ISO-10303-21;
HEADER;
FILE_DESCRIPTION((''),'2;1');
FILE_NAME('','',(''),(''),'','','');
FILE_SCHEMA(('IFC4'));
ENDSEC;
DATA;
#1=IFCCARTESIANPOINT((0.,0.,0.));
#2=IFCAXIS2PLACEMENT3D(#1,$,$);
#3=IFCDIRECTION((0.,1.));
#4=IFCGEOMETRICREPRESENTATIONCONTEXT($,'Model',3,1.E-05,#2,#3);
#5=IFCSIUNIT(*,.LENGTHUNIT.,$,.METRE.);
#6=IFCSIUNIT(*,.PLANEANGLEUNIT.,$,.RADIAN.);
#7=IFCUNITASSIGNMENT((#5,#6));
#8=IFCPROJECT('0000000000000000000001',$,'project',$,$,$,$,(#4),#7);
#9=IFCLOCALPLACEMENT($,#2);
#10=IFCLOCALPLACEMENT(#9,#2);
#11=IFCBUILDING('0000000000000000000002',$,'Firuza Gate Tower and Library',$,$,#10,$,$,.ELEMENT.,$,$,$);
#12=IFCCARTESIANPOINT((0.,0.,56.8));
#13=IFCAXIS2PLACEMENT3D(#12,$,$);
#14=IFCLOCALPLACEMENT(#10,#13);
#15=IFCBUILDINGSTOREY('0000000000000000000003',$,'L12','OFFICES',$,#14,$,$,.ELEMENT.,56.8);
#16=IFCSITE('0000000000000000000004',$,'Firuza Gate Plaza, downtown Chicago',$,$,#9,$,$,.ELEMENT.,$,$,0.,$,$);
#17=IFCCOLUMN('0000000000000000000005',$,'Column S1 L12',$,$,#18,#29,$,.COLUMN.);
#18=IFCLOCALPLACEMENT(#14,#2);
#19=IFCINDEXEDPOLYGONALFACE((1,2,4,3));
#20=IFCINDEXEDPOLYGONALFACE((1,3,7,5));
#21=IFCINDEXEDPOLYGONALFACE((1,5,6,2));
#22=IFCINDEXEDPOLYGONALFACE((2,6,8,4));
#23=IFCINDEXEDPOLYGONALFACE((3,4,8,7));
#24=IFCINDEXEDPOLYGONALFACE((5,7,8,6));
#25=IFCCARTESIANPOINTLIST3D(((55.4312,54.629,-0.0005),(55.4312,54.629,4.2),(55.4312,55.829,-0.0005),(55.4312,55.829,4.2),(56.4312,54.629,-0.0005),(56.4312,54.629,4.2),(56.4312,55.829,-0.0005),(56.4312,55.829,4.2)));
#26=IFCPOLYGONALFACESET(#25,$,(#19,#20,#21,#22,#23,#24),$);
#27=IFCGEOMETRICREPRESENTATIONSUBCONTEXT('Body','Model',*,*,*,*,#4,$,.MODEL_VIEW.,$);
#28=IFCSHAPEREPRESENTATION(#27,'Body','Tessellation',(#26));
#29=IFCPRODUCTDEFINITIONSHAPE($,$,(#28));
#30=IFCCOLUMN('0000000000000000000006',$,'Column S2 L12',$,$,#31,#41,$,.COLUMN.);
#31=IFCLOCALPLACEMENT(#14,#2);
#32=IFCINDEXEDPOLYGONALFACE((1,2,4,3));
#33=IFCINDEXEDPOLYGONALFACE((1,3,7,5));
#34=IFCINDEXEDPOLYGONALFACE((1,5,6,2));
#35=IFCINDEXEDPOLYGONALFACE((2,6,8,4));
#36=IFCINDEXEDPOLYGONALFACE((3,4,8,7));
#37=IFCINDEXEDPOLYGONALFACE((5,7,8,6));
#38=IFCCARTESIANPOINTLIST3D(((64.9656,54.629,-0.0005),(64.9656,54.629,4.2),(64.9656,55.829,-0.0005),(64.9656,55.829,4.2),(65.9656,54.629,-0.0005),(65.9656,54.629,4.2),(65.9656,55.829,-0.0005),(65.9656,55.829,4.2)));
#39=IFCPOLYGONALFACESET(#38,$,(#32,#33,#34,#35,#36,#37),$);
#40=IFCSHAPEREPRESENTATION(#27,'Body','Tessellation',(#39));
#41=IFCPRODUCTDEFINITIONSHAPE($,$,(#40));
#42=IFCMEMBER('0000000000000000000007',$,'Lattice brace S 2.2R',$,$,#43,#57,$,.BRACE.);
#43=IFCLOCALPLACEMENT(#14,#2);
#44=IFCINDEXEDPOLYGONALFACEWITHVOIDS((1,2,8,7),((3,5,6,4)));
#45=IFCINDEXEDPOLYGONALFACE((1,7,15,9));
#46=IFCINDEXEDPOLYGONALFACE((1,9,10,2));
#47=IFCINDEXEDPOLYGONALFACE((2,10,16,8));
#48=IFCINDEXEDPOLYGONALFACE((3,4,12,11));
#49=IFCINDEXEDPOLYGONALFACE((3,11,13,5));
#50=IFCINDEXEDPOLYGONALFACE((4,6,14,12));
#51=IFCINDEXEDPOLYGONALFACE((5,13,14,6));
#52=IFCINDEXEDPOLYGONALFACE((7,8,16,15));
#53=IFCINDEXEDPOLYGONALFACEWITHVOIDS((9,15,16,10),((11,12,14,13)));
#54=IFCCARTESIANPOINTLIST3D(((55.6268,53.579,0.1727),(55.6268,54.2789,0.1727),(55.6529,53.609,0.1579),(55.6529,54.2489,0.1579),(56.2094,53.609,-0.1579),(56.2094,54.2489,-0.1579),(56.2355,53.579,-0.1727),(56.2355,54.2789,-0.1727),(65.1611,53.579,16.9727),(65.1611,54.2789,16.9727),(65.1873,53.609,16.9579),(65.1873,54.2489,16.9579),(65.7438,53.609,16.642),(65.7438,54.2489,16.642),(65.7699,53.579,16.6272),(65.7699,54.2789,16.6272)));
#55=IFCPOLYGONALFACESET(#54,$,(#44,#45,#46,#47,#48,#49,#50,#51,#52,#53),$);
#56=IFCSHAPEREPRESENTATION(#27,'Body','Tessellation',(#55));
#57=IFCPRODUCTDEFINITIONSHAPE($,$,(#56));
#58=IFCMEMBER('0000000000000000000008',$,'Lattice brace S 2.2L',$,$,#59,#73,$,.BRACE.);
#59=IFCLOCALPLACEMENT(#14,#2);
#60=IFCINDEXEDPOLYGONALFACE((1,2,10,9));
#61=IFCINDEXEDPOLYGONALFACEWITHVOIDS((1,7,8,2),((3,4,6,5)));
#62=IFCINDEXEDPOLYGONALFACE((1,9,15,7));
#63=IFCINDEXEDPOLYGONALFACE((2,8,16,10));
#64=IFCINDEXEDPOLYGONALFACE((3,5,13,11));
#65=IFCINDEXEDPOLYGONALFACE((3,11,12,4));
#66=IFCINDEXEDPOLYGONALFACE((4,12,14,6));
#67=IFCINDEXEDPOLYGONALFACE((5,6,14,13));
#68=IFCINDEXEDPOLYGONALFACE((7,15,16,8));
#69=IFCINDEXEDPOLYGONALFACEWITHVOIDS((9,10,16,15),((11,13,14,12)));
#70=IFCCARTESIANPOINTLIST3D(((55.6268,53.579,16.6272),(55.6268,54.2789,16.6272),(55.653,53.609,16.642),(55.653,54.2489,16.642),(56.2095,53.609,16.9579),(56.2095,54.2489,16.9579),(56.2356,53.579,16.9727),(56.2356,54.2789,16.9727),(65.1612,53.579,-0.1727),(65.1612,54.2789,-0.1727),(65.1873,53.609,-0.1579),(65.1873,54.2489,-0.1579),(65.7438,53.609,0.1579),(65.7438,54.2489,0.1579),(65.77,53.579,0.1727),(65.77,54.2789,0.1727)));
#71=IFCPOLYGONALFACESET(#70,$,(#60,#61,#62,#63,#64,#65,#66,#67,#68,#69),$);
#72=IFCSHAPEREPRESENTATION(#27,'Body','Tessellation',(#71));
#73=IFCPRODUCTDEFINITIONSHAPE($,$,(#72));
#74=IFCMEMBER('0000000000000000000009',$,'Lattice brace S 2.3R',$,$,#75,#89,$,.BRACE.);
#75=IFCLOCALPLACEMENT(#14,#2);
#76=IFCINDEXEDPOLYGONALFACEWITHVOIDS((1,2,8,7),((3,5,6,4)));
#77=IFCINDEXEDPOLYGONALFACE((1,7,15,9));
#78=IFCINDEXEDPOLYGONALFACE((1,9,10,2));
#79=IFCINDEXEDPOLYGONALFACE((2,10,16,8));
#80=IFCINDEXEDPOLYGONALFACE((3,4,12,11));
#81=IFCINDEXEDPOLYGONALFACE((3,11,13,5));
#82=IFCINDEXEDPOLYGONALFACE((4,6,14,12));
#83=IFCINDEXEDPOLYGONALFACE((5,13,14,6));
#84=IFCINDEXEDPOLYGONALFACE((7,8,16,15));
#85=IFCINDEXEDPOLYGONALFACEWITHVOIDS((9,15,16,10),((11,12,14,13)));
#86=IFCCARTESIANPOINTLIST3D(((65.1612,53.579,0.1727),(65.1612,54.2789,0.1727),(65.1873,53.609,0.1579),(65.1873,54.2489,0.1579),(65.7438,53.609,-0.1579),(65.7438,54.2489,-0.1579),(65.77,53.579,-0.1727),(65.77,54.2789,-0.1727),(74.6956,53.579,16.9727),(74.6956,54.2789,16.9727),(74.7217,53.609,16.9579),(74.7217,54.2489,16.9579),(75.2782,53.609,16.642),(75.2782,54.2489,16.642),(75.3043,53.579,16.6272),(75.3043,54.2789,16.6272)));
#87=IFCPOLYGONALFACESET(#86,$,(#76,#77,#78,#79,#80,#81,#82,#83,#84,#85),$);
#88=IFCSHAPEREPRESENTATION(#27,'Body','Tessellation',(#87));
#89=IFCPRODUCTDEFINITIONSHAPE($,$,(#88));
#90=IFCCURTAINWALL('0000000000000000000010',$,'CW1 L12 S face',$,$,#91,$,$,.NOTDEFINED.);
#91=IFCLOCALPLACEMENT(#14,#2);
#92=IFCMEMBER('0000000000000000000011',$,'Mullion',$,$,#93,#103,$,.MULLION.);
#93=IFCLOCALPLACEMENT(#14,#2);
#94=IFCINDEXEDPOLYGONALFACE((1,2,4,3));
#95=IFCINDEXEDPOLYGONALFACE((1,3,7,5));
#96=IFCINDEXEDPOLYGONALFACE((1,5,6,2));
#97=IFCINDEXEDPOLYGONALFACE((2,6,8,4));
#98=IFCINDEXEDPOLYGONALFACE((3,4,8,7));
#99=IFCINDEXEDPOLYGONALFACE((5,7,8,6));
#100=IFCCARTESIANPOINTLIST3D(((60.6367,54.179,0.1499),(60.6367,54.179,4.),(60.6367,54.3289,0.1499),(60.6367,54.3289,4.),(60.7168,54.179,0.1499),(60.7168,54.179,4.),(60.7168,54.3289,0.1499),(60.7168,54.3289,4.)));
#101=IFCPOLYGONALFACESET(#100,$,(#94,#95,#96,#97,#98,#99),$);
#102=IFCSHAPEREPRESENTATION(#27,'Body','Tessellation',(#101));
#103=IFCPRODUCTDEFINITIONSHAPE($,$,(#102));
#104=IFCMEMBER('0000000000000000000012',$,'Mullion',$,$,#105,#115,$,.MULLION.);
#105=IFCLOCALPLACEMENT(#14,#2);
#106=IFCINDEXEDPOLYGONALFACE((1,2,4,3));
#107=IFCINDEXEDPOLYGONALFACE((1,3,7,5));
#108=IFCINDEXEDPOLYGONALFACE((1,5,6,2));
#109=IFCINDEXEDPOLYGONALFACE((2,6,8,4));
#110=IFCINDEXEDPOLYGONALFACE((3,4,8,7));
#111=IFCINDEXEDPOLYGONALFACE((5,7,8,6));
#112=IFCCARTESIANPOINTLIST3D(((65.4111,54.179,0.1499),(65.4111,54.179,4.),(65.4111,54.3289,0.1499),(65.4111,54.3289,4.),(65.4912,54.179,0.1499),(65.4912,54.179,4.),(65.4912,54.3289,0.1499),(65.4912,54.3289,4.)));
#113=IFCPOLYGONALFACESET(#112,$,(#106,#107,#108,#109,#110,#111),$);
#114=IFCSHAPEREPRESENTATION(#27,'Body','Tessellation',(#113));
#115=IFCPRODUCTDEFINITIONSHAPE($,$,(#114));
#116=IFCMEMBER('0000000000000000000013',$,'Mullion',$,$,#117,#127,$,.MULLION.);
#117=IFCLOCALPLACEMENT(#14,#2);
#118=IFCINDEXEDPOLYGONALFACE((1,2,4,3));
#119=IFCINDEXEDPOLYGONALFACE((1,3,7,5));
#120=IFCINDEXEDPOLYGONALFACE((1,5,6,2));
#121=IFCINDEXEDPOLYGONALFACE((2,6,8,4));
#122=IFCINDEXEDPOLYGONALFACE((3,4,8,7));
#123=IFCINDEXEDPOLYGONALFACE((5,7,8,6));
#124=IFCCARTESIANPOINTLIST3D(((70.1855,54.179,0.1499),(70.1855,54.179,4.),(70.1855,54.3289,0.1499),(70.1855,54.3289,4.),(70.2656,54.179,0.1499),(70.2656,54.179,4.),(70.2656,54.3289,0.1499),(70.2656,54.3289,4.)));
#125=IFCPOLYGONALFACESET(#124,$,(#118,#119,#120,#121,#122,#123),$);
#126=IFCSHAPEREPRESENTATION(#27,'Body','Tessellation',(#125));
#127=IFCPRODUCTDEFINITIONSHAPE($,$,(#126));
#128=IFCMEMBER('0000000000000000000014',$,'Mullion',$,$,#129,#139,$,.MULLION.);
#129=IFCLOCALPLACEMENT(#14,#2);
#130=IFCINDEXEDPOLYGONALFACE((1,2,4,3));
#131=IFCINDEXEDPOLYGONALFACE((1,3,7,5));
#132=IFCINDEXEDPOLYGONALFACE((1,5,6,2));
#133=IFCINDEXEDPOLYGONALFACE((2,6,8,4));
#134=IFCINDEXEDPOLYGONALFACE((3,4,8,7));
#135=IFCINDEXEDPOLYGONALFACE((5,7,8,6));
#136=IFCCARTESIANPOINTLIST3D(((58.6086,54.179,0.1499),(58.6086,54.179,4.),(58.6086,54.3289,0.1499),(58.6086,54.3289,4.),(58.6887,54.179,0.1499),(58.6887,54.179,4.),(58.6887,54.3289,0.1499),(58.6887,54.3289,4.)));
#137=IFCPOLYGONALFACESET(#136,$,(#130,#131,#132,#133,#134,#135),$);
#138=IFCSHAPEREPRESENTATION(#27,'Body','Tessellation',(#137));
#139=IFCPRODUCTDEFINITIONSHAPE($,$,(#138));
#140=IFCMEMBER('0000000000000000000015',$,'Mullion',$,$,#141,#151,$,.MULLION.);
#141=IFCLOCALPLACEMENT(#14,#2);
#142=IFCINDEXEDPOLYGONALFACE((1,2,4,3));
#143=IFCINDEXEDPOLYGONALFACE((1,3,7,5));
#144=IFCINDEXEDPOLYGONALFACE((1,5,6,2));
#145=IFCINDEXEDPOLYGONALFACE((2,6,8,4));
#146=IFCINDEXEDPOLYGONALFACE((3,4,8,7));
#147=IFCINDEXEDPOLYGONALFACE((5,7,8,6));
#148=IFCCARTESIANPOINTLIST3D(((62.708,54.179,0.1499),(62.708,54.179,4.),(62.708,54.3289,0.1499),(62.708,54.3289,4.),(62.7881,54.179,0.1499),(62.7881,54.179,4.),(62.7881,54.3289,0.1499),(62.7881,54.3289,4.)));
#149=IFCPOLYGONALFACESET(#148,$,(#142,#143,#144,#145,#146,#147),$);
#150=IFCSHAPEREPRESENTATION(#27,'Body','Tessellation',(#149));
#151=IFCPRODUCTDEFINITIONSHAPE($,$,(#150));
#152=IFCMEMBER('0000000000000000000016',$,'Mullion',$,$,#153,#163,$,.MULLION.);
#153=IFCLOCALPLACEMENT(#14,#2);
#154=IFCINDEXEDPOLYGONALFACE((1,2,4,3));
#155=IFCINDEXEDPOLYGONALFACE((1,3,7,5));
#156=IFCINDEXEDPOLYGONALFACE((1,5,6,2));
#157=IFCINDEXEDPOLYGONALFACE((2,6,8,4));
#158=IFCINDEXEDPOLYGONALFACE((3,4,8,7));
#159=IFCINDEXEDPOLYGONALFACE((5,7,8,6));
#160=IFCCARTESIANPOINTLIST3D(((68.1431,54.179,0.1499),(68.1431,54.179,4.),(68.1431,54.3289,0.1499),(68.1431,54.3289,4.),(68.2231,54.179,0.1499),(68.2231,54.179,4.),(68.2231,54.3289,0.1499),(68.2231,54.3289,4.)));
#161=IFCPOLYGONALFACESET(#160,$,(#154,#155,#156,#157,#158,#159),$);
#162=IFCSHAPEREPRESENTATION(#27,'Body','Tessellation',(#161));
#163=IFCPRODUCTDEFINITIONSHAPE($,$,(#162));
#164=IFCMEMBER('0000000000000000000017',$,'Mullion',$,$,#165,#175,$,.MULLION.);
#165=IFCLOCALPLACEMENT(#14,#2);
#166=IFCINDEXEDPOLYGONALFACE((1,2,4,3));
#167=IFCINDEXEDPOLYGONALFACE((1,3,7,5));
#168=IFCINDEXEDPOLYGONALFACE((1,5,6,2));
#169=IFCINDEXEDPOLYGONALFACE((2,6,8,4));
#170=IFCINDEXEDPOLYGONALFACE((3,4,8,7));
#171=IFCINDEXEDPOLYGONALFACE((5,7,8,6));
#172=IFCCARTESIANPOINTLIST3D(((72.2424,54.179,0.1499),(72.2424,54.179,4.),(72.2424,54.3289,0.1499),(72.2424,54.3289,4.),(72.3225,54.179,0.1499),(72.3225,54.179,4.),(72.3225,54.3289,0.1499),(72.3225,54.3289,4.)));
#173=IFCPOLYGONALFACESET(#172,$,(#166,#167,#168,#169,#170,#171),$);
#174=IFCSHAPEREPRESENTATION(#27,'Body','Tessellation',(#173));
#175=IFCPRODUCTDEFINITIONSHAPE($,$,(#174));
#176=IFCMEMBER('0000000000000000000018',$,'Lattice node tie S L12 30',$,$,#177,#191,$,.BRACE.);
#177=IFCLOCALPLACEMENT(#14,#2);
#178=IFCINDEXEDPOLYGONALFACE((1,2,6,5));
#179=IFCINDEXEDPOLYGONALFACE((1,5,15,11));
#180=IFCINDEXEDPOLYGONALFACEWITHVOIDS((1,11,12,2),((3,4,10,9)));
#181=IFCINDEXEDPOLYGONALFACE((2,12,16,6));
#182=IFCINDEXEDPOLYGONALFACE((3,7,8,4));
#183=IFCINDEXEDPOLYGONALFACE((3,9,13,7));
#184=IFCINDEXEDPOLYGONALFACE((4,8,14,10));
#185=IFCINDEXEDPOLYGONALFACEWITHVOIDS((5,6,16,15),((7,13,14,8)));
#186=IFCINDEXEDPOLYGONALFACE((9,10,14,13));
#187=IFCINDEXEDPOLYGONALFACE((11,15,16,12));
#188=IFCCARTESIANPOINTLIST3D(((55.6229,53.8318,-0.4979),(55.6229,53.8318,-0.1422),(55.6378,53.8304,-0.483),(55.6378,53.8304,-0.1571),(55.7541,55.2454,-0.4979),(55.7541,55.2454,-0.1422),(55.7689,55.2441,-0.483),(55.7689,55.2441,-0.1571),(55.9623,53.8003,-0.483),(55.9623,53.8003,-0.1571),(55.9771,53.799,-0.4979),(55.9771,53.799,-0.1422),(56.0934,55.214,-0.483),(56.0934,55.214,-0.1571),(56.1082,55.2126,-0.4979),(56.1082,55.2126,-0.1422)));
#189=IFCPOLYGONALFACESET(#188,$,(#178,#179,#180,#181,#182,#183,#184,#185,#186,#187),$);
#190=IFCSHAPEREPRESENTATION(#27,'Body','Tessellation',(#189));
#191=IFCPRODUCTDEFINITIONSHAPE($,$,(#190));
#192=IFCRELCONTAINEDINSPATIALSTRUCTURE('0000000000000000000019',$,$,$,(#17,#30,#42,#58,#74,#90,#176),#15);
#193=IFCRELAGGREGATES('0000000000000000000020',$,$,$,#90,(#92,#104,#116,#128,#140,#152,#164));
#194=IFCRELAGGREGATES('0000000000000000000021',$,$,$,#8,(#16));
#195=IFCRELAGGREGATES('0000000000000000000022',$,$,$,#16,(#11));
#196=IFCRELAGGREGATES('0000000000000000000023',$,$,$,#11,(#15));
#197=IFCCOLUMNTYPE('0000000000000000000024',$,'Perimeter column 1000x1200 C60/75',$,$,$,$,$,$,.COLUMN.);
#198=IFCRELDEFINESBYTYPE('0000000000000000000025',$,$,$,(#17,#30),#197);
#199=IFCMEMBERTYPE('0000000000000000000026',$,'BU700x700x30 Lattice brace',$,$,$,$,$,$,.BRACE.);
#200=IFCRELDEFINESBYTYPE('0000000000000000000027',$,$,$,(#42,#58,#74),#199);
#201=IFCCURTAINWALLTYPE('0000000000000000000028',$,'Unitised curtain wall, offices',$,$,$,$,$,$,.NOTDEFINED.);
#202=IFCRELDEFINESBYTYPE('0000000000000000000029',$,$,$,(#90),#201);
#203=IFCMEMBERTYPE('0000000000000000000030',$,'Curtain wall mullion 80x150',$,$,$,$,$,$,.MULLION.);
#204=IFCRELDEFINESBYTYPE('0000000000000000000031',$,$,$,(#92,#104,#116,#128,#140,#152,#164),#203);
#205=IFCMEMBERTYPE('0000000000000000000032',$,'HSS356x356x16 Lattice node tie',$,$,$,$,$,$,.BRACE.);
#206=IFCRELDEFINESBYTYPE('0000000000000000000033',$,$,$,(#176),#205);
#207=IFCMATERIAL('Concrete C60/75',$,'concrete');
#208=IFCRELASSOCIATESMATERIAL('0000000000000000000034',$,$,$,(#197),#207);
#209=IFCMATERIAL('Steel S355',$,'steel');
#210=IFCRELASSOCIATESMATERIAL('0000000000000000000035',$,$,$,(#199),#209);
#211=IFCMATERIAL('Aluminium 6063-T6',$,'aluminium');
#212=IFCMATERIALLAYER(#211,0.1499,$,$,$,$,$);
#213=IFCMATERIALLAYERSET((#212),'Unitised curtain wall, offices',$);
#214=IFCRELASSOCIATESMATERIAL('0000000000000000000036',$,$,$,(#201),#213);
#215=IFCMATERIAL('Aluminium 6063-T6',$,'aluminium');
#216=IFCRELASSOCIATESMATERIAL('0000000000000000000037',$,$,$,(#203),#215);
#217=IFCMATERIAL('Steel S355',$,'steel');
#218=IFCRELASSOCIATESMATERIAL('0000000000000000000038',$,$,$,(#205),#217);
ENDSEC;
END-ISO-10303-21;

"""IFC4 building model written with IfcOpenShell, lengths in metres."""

from ifc_helpers import new_model, si_unit, direction, frame, origin, origin_2d, place, context, subcontext, project, spatial, rectangle, hollow_rectangle, extrude, material, layer, layer_set, material_profile, profile_set, type_object, element, aggregate, save


model = new_model("IFC4")

# Units and contexts
model_context = context("Model", 3, precision=1e-05, world=origin(), true_north=direction((0.0, 1.0)))
body_context = subcontext(model_context, "Body", "Model", "MODEL_VIEW")
ifc_project = project(units=[si_unit("LENGTHUNIT", "METRE"), si_unit("PLANEANGLEUNIT", "RADIAN")], contexts=[model_context])

# Site, building, storey
site_placement = place(None, origin())
site = spatial("IfcSite", under=ifc_project, at=site_placement, Name="Firuza Gate Plaza, downtown Chicago", CompositionType="ELEMENT", RefElevation=0.0)
building_placement = place(site_placement, origin())
building = spatial("IfcBuilding", under=site, at=building_placement, Name="Firuza Gate Tower and Library", CompositionType="ELEMENT")
storey_placement = place(building_placement, frame((0.0, 0.0, 56.8)))
storey = spatial("IfcBuildingStorey", under=building, at=storey_placement, Name="L12", Description="OFFICES", CompositionType="ELEMENT", Elevation=56.8)

# Columns
ifc_material_1 = material(Name="Concrete C60/75", Category="concrete")
ifc_material_profile_1 = material_profile(ifc_material_1, rectangle(XDim=1.0, YDim=1.2, at=origin_2d()))
ifc_profile_set_1 = profile_set([ifc_material_profile_1], Name="Concrete C60/75")
column_type = type_object("IfcColumnType", Name="Perimeter column 1000x1200 C60/75", PredefinedType="COLUMN", material=ifc_profile_set_1)
for number, where, z_axis, x_axis, name in (
    (1, (55.9312, 55.229, -0.0005), (0.0, 0.0, 1.0), (1.0, 0.0, 0.0), "Column S1 L12"),
    (2, (65.4656, 55.229, -0.0005), (0.0, 0.0, 1.0), (1.0, 0.0, 0.0), "Column S2 L12"),
):
    element("IfcColumn", number, at=place(storey_placement, frame(where, z_axis=z_axis, x_axis=x_axis)), inside=storey, type_object=column_type, Name=name, PredefinedType="COLUMN", context=body_context, shape_type="SweptSolid", body=[
        extrude(rectangle(XDim=1.0, YDim=1.2, at=origin_2d()), origin(), (0.0, 0.0, 1.0), 4.2004),
    ])

# Members
ifc_material_2 = material(Name="Steel S355", Category="steel")
ifc_material_profile_2 = material_profile(ifc_material_2, hollow_rectangle(XDim=0.7, YDim=0.7, WallThickness=0.03, at=origin_2d()))
ifc_profile_set_2 = profile_set([ifc_material_profile_2], Name="Steel S355")
member_type_1 = type_object("IfcMemberType", Name="BU700x700x30 Lattice brace", PredefinedType="BRACE", material=ifc_profile_set_2)
for number, where, z_axis, x_axis, name in (
    (3, (55.9312, 53.929, 0.0), (0.493577, 0.0, 0.869702), (0.0, 1.0, 0.0), "Lattice brace S 2.2R"),
    (4, (65.4656, 53.929, 0.0), (-0.493577, 0.0, 0.869702), (0.0, -1.0, 0.0), "Lattice brace S 2.2L"),
    (5, (65.4656, 53.929, 0.0), (0.493577, 0.0, 0.869702), (0.0, 1.0, 0.0), "Lattice brace S 2.3R"),
):
    element("IfcMember", number, at=place(storey_placement, frame(where, z_axis=z_axis, x_axis=x_axis)), inside=storey, type_object=member_type_1, Name=name, PredefinedType="BRACE", context=body_context, shape_type="SweptSolid", body=[
        extrude(hollow_rectangle(XDim=0.7, YDim=0.7, WallThickness=0.03, at=origin_2d()), origin(), (0.0, 0.0, 1.0), 19.3169),
    ])

# Curtain wall, members
ifc_material_3 = material(Name="Aluminium 6063-T6", Category="aluminium")
ifc_layer_1 = layer(ifc_material_3, 0.1499)
ifc_layer_set_1 = layer_set([ifc_layer_1], Name="Unitised curtain wall, offices")
curtain_wall_type = type_object("IfcCurtainWallType", Name="Unitised curtain wall, offices", PredefinedType="NOTDEFINED", material=ifc_layer_set_1)
curtain_wall_placement = place(storey_placement, origin())
curtain_wall = element("IfcCurtainWall", 6, at=curtain_wall_placement, inside=storey, type_object=curtain_wall_type, Name="CW1 L12 S face", PredefinedType="NOTDEFINED")
ifc_material_4 = material(Name="Aluminium 6063-T6", Category="aluminium")
ifc_material_profile_3 = material_profile(ifc_material_4, rectangle(XDim=0.1499, YDim=0.0801, at=origin_2d()))
ifc_profile_set_3 = profile_set([ifc_material_profile_3], Name="Aluminium 6063-T6")
member_type_2 = type_object("IfcMemberType", Name="Curtain wall mullion 80x150", PredefinedType="MULLION", material=ifc_profile_set_3)
member_1_placement = place(storey_placement, frame((60.6768, 54.2539, 0.1499), z_axis=(0.0, 0.0, 1.0), x_axis=(0.0, 1.0, 0.0)))
member_1 = element("IfcMember", 7, at=member_1_placement, type_object=member_type_2, Name="Mullion", PredefinedType="MULLION", context=body_context, shape_type="SweptSolid", body=[
    extrude(rectangle(XDim=0.1499, YDim=0.0801, at=origin_2d()), origin(), (0.0, 0.0, 1.0), 3.8501),
])
member_2_placement = place(storey_placement, frame((65.4512, 54.2539, 0.1499), z_axis=(0.0, 0.0, 1.0), x_axis=(0.0, 1.0, 0.0)))
member_2 = element("IfcMember", 8, at=member_2_placement, type_object=member_type_2, Name="Mullion", PredefinedType="MULLION", context=body_context, shape_type="SweptSolid", body=[
    extrude(rectangle(XDim=0.1499, YDim=0.0801, at=origin_2d()), origin(), (0.0, 0.0, 1.0), 3.8501),
])
member_3_placement = place(storey_placement, frame((70.2256, 54.2539, 0.1499), z_axis=(0.0, 0.0, 1.0), x_axis=(0.0, 1.0, 0.0)))
member_3 = element("IfcMember", 9, at=member_3_placement, type_object=member_type_2, Name="Mullion", PredefinedType="MULLION", context=body_context, shape_type="SweptSolid", body=[
    extrude(rectangle(XDim=0.1499, YDim=0.0801, at=origin_2d()), origin(), (0.0, 0.0, 1.0), 3.8501),
])
member_4_placement = place(storey_placement, frame((58.6487, 54.2539, 0.1499), z_axis=(0.0, 0.0, 1.0), x_axis=(0.0, 1.0, 0.0)))
member_4 = element("IfcMember", 10, at=member_4_placement, type_object=member_type_2, Name="Mullion", PredefinedType="MULLION", context=body_context, shape_type="SweptSolid", body=[
    extrude(rectangle(XDim=0.1499, YDim=0.0801, at=origin_2d()), origin(), (0.0, 0.0, 1.0), 3.8501),
])
member_5_placement = place(storey_placement, frame((62.748, 54.2539, 0.1499), z_axis=(0.0, 0.0, 1.0), x_axis=(0.0, 1.0, 0.0)))
member_5 = element("IfcMember", 11, at=member_5_placement, type_object=member_type_2, Name="Mullion", PredefinedType="MULLION", context=body_context, shape_type="SweptSolid", body=[
    extrude(rectangle(XDim=0.1499, YDim=0.0801, at=origin_2d()), origin(), (0.0, 0.0, 1.0), 3.8501),
])
member_6_placement = place(storey_placement, frame((68.1831, 54.2539, 0.1499), z_axis=(0.0, 0.0, 1.0), x_axis=(0.0, 1.0, 0.0)))
member_6 = element("IfcMember", 12, at=member_6_placement, type_object=member_type_2, Name="Mullion", PredefinedType="MULLION", context=body_context, shape_type="SweptSolid", body=[
    extrude(rectangle(XDim=0.1499, YDim=0.0801, at=origin_2d()), origin(), (0.0, 0.0, 1.0), 3.8501),
])
member_7_placement = place(storey_placement, frame((72.2825, 54.2539, 0.1499), z_axis=(0.0, 0.0, 1.0), x_axis=(0.0, 1.0, 0.0)))
member_7 = element("IfcMember", 13, at=member_7_placement, type_object=member_type_2, Name="Mullion", PredefinedType="MULLION", context=body_context, shape_type="SweptSolid", body=[
    extrude(rectangle(XDim=0.1499, YDim=0.0801, at=origin_2d()), origin(), (0.0, 0.0, 1.0), 3.8501),
])

# Member
ifc_material_5 = material(Name="Steel S355", Category="steel")
ifc_material_profile_4 = material_profile(ifc_material_5, hollow_rectangle(XDim=0.3557, YDim=0.3557, WallThickness=0.0149, at=origin_2d()))
ifc_profile_set_4 = profile_set([ifc_material_profile_4], Name="Steel S355")
member_type_3 = type_object("IfcMemberType", Name="HSS356x356x16 Lattice node tie", PredefinedType="BRACE", material=ifc_profile_set_4)
member_8_placement = place(storey_placement, frame((55.9312, 55.229, -0.3201), z_axis=(-0.09235, -0.995727, 0.0), x_axis=(0.995727, -0.09235, 0.0)))
element("IfcMember", 14, at=member_8_placement, inside=storey, type_object=member_type_3, Name="Lattice node tie S L12 30", PredefinedType="BRACE", context=body_context, shape_type="SweptSolid", body=[
    extrude(hollow_rectangle(XDim=0.3557, YDim=0.3557, WallThickness=0.0149, at=origin_2d()), origin(), (0.0, 0.0, 1.0), 1.4197),
])

aggregate(curtain_wall, [member_1, member_2, member_3, member_4, member_5, member_6, member_7])

save(model, "model.ifc")
